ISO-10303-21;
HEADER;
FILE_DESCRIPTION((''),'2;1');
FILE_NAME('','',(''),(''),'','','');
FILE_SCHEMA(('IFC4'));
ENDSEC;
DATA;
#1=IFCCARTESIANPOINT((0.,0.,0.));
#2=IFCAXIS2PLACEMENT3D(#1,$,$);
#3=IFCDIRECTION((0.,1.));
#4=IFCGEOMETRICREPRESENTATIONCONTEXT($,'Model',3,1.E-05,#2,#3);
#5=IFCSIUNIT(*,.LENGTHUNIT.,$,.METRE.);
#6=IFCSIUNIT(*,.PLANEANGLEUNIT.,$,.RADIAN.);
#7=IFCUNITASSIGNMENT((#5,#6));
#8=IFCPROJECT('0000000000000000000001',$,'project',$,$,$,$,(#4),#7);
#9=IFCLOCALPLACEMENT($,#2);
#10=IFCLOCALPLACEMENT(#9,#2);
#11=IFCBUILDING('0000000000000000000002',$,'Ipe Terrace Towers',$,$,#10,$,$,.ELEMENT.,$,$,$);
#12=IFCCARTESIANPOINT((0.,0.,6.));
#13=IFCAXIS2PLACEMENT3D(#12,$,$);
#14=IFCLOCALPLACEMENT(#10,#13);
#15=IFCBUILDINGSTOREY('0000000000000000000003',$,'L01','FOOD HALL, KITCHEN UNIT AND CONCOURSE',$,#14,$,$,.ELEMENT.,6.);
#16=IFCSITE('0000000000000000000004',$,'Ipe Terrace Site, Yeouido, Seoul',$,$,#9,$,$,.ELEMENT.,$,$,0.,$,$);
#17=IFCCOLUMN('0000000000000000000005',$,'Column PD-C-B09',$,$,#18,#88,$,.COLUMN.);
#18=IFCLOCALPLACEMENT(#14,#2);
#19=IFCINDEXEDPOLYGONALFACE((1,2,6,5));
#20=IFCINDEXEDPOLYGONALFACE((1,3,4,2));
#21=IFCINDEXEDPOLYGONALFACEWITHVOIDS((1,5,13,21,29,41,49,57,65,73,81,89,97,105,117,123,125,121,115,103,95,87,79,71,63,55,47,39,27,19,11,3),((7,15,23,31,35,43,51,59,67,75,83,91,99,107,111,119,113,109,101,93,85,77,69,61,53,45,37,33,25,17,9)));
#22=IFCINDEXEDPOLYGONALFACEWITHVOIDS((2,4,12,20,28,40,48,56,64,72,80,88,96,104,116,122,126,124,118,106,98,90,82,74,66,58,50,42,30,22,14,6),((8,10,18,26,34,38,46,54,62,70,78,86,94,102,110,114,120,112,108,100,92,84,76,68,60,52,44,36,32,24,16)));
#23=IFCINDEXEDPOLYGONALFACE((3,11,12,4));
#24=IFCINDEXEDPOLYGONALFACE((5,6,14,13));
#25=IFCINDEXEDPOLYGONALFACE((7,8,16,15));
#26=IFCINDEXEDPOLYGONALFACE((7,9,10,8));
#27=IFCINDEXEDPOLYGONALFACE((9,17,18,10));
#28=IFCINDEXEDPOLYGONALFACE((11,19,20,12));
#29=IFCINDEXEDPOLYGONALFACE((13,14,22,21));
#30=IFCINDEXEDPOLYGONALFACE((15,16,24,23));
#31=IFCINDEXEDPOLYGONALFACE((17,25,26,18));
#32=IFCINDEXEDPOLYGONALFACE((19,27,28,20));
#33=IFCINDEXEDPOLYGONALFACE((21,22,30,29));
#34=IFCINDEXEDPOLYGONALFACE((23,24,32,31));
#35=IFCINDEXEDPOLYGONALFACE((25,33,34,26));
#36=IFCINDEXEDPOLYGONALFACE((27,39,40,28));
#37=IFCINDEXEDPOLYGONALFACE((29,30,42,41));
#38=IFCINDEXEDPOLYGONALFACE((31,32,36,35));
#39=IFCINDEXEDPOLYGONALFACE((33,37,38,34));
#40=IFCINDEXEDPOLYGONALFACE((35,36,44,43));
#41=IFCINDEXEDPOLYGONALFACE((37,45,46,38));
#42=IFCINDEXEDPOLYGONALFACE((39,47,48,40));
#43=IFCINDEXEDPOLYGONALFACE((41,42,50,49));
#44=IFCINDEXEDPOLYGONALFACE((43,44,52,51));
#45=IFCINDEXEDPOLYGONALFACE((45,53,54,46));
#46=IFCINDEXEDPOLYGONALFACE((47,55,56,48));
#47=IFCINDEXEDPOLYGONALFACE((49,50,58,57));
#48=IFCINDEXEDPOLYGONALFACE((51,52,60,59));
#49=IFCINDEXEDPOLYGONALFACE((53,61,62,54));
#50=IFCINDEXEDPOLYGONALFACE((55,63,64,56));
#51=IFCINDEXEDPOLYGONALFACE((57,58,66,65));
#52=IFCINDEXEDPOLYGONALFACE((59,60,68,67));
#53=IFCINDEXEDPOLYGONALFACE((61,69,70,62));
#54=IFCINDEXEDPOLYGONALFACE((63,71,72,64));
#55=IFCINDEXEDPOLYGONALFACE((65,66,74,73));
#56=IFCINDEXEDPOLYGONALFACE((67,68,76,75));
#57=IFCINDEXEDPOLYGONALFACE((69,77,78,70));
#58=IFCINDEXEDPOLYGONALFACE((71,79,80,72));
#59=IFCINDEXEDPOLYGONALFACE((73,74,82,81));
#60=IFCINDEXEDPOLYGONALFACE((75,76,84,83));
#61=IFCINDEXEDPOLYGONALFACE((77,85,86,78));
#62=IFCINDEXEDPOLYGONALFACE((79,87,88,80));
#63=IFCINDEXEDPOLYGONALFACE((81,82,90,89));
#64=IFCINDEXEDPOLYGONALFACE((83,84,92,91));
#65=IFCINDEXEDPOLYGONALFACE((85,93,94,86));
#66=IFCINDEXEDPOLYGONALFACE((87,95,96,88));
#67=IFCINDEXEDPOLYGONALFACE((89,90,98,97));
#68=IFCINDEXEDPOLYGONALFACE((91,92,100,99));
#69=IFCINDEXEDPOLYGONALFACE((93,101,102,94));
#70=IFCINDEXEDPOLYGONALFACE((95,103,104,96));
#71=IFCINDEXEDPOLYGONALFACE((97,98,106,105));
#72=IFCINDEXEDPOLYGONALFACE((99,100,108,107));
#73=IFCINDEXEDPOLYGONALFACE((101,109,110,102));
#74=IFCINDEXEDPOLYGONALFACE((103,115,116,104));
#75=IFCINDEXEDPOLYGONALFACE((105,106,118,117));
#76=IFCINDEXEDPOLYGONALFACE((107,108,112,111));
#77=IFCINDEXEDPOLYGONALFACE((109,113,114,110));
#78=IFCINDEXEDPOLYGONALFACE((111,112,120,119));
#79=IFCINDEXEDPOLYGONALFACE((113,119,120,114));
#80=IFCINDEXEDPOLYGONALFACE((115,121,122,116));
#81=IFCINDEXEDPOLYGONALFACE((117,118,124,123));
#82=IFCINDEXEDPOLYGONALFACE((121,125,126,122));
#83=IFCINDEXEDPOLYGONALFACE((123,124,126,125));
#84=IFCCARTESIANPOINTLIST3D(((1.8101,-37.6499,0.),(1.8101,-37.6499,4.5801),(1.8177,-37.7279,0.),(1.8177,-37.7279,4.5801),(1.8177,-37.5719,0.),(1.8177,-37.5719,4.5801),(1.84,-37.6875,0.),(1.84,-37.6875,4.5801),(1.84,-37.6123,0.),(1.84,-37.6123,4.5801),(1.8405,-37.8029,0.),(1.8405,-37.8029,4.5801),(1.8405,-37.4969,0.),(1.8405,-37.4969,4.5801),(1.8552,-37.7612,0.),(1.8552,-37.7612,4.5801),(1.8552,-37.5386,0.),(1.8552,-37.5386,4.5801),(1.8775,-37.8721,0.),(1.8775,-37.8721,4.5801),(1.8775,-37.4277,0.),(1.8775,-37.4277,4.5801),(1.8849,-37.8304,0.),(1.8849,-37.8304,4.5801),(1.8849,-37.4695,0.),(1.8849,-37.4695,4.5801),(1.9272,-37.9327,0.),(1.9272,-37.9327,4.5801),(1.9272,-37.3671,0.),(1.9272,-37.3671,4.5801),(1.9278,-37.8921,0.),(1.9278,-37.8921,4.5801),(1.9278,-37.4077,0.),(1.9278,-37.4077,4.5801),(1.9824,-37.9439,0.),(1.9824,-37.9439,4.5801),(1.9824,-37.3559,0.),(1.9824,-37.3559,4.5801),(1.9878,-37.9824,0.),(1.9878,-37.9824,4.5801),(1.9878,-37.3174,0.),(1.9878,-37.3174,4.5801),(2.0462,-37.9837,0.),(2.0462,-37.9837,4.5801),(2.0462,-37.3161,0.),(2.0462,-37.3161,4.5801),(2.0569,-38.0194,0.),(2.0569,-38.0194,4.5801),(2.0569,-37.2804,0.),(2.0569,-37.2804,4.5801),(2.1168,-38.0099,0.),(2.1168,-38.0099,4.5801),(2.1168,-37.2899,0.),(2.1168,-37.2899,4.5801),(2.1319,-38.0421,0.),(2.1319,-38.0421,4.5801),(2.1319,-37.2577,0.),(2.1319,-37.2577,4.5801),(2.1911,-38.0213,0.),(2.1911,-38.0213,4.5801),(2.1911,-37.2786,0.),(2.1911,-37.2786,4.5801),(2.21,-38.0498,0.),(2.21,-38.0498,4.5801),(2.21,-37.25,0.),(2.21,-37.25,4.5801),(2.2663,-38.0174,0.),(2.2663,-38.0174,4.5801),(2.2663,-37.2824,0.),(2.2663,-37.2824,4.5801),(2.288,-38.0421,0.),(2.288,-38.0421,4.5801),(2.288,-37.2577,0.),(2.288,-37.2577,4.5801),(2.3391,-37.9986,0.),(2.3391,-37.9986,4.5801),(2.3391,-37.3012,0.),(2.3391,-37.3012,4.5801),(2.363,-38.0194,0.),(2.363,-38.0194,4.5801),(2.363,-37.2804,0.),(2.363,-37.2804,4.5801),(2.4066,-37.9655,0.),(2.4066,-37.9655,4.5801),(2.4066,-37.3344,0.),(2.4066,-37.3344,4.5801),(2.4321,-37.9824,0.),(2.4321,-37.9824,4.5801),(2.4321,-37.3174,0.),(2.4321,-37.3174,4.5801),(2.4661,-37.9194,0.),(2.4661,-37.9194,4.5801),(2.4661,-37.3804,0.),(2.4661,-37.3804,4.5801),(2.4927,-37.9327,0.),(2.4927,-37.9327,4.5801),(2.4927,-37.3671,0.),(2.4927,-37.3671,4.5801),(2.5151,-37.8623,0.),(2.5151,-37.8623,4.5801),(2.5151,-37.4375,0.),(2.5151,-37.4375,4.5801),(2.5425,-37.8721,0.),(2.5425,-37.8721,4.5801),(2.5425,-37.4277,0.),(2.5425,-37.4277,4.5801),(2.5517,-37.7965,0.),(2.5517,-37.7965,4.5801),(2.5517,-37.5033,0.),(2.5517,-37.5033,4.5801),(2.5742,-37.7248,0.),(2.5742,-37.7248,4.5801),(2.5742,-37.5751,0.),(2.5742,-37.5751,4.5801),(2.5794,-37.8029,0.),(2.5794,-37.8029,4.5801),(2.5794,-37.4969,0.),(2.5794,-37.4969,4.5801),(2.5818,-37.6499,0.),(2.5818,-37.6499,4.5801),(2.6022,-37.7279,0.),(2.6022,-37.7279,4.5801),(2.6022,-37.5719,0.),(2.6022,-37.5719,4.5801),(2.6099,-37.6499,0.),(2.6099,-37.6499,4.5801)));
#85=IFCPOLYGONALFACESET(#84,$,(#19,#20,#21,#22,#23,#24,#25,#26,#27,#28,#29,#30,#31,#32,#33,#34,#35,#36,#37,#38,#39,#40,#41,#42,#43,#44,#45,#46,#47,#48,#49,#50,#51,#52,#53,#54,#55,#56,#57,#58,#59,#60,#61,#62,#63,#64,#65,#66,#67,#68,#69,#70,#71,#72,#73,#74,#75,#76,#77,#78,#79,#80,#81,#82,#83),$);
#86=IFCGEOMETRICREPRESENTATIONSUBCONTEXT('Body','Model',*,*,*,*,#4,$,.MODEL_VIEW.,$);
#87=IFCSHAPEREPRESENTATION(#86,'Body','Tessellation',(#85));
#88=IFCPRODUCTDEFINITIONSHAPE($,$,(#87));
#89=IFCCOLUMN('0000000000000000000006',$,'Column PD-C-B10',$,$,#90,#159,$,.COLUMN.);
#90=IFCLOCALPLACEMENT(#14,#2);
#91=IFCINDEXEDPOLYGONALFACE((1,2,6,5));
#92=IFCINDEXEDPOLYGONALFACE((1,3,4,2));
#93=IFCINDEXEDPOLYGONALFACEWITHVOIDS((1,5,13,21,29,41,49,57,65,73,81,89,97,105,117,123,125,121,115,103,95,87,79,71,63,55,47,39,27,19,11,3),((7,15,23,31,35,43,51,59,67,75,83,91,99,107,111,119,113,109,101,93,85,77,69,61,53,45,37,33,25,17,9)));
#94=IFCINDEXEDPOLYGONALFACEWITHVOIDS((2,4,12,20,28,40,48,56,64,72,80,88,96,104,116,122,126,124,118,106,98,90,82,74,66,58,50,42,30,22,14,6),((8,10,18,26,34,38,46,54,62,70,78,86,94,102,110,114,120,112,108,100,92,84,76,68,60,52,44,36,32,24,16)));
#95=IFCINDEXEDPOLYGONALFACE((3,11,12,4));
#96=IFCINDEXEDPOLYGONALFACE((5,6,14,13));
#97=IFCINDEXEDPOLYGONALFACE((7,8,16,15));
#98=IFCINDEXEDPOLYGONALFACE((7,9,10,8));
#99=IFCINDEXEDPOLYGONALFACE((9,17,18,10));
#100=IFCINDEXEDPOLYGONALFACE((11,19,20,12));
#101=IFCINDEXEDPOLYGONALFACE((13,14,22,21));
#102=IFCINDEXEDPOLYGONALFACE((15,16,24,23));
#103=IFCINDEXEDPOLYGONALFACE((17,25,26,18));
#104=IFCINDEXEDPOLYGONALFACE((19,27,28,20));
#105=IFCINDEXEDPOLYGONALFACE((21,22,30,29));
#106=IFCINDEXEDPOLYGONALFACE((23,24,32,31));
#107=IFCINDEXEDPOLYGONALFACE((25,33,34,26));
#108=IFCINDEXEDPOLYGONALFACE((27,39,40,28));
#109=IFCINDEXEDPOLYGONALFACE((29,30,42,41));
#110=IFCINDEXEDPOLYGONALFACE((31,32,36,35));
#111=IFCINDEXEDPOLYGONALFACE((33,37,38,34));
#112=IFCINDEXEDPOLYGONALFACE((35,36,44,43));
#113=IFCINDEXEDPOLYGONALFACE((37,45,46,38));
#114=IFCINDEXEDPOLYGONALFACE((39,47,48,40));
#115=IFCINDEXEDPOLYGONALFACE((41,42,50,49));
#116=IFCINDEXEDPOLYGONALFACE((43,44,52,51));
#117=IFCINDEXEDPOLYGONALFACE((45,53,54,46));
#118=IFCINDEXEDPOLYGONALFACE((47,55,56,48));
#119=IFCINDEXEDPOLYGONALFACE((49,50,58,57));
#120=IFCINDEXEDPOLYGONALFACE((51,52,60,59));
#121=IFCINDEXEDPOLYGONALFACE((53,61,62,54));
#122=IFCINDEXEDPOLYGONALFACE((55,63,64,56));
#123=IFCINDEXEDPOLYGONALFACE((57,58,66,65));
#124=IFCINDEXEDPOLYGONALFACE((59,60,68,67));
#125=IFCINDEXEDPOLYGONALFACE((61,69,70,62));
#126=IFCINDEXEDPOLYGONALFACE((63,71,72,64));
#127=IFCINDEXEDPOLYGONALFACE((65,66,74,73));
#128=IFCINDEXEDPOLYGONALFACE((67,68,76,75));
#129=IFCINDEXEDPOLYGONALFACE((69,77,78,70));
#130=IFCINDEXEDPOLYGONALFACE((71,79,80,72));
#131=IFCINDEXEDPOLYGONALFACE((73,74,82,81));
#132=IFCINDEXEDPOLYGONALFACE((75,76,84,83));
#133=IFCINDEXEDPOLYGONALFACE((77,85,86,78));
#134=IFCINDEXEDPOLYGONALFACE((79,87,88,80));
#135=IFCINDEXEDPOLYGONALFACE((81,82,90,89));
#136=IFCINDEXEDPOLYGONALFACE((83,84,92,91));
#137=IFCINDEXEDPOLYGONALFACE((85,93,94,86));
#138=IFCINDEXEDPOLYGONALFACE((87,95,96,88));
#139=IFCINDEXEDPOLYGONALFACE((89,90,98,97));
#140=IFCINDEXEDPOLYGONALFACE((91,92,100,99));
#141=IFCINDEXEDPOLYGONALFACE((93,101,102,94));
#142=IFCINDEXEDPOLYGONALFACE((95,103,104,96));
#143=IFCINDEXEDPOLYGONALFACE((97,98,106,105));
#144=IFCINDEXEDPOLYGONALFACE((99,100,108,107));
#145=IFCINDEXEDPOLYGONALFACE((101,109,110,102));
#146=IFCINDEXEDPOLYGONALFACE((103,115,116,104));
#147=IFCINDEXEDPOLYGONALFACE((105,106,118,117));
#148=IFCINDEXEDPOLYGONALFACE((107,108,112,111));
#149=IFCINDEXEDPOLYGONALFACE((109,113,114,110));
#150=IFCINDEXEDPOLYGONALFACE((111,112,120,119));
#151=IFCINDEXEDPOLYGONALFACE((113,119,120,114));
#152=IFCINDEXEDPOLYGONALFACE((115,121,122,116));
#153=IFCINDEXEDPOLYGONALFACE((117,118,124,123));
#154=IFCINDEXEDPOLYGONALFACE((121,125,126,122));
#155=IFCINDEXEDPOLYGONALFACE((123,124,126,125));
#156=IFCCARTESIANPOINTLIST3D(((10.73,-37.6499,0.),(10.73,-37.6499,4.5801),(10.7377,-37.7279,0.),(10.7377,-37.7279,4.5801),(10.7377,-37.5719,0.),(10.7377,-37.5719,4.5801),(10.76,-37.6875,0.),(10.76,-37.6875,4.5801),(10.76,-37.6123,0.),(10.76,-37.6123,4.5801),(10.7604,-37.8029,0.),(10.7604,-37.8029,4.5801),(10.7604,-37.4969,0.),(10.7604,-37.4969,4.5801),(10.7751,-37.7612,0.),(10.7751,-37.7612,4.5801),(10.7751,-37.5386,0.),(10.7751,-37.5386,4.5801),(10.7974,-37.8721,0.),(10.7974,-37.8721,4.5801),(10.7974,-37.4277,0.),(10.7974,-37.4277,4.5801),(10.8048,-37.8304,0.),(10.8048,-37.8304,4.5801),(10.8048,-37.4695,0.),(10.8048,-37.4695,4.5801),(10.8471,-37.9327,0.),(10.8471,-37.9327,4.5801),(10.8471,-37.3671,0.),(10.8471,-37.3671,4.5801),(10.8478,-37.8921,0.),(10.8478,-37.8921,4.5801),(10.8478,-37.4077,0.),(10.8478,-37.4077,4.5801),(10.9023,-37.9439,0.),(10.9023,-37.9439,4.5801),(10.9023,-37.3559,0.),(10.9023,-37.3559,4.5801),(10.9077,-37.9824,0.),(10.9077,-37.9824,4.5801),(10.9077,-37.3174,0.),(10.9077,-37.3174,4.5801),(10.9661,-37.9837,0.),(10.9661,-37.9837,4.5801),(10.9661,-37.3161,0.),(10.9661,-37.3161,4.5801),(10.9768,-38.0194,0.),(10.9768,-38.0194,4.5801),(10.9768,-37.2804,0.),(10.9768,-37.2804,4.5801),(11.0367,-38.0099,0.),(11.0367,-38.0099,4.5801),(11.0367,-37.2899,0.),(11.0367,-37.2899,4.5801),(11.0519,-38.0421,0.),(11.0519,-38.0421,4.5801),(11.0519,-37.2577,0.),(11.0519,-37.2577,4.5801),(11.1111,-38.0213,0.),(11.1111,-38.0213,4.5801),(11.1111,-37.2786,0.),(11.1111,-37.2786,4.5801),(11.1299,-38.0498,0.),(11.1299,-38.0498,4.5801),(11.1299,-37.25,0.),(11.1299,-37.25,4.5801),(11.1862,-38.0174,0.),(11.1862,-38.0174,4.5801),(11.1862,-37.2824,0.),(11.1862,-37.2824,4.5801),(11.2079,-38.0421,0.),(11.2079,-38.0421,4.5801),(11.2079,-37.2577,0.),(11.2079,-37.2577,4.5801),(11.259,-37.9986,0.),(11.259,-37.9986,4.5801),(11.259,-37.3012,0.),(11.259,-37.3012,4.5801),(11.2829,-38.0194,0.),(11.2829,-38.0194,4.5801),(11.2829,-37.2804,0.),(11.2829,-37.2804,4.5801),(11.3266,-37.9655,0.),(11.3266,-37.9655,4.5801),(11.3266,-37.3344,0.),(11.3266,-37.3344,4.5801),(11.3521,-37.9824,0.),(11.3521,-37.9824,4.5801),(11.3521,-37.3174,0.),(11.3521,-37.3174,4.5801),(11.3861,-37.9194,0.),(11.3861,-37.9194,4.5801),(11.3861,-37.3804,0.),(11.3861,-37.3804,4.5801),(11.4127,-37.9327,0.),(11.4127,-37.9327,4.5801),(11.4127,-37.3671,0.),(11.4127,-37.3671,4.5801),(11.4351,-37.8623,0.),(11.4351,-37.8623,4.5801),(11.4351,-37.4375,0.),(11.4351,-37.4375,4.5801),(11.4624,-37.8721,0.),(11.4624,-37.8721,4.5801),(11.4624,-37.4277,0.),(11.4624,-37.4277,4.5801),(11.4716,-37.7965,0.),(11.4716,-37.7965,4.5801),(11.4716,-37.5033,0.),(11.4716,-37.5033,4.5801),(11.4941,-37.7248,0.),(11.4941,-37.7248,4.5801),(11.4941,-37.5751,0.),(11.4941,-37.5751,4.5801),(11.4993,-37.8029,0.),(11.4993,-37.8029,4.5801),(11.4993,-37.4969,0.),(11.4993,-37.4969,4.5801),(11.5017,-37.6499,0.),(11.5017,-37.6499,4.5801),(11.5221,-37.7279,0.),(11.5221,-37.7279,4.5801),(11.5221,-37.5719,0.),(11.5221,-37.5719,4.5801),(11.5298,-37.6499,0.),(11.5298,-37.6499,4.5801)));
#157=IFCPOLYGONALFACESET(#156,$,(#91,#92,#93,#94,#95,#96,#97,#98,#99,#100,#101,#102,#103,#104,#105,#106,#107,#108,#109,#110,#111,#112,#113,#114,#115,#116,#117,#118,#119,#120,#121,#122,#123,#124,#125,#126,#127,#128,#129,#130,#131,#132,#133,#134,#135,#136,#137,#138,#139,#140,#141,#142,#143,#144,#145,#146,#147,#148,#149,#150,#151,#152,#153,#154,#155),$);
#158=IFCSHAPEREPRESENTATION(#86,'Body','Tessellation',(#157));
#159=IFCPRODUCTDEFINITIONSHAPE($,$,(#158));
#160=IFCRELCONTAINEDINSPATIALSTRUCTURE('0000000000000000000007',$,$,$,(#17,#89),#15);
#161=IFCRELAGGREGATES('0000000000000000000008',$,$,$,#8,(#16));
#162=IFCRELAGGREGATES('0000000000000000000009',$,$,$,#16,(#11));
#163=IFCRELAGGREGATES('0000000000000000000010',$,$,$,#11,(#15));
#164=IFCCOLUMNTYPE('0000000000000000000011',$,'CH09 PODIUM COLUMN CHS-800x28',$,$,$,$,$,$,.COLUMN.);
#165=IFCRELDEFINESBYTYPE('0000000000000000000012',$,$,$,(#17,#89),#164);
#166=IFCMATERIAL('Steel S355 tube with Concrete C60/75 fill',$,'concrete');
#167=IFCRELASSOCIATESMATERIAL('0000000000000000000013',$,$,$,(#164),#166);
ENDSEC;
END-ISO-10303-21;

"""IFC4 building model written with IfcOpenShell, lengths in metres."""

from ifc_helpers import new_model, si_unit, direction, frame, origin, origin_2d, place, context, subcontext, project, spatial, hollow_circle, extrude, material, material_profile, profile_set, type_object, element, save


model = new_model("IFC4")

# Units and contexts
model_context = context("Model", 3, precision=1e-05, world=origin(), true_north=direction((0.0, 1.0)))
body_context = subcontext(model_context, "Body", "Model", "MODEL_VIEW")
ifc_project = project(units=[si_unit("LENGTHUNIT", "METRE"), si_unit("PLANEANGLEUNIT", "RADIAN")], contexts=[model_context])

# Site, building, storey
site_placement = place(None, origin())
site = spatial("IfcSite", under=ifc_project, at=site_placement, Name="Ipe Terrace Site, Yeouido, Seoul", CompositionType="ELEMENT", RefElevation=0.0)
building_placement = place(site_placement, origin())
building = spatial("IfcBuilding", under=site, at=building_placement, Name="Ipe Terrace Towers", CompositionType="ELEMENT")
storey_placement = place(building_placement, frame((0.0, 0.0, 6.0)))
storey = spatial("IfcBuildingStorey", under=building, at=storey_placement, Name="L01", Description="FOOD HALL, KITCHEN UNIT AND CONCOURSE", CompositionType="ELEMENT", Elevation=6.0)

# Columns
ifc_material_1 = material(Name="Steel S355 tube with Concrete C60/75 fill", Category="concrete")
ifc_material_profile_1 = material_profile(ifc_material_1, hollow_circle(Radius=0.3999, WallThickness=0.0281, at=origin_2d()), Name="CHS-800x28")
ifc_profile_set_1 = profile_set([ifc_material_profile_1], Name="Steel S355 tube with Concrete C60/75 fill")
column_type = type_object("IfcColumnType", Name="CH09 PODIUM COLUMN CHS-800x28", PredefinedType="COLUMN", material=ifc_profile_set_1)
for number, where, z_axis, x_axis, name in (
    (1, (2.21, -37.6499, 0.0), (0.0, 0.0, 1.0), (1.0, 0.0, 0.0), "Column PD-C-B09"),
    (2, (11.1299, -37.6499, 0.0), (0.0, 0.0, 1.0), (1.0, 0.0, 0.0), "Column PD-C-B10"),
):
    element("IfcColumn", number, at=place(storey_placement, frame(where, z_axis=z_axis, x_axis=x_axis)), inside=storey, type_object=column_type, Name=name, PredefinedType="COLUMN", context=body_context, shape_type="SweptSolid", body=[
        extrude(hollow_circle(Radius=0.3999, WallThickness=0.0281, at=origin_2d()), origin(), (0.0, 0.0, 1.0), 4.5801),
    ])

save(model, "model.ifc")
